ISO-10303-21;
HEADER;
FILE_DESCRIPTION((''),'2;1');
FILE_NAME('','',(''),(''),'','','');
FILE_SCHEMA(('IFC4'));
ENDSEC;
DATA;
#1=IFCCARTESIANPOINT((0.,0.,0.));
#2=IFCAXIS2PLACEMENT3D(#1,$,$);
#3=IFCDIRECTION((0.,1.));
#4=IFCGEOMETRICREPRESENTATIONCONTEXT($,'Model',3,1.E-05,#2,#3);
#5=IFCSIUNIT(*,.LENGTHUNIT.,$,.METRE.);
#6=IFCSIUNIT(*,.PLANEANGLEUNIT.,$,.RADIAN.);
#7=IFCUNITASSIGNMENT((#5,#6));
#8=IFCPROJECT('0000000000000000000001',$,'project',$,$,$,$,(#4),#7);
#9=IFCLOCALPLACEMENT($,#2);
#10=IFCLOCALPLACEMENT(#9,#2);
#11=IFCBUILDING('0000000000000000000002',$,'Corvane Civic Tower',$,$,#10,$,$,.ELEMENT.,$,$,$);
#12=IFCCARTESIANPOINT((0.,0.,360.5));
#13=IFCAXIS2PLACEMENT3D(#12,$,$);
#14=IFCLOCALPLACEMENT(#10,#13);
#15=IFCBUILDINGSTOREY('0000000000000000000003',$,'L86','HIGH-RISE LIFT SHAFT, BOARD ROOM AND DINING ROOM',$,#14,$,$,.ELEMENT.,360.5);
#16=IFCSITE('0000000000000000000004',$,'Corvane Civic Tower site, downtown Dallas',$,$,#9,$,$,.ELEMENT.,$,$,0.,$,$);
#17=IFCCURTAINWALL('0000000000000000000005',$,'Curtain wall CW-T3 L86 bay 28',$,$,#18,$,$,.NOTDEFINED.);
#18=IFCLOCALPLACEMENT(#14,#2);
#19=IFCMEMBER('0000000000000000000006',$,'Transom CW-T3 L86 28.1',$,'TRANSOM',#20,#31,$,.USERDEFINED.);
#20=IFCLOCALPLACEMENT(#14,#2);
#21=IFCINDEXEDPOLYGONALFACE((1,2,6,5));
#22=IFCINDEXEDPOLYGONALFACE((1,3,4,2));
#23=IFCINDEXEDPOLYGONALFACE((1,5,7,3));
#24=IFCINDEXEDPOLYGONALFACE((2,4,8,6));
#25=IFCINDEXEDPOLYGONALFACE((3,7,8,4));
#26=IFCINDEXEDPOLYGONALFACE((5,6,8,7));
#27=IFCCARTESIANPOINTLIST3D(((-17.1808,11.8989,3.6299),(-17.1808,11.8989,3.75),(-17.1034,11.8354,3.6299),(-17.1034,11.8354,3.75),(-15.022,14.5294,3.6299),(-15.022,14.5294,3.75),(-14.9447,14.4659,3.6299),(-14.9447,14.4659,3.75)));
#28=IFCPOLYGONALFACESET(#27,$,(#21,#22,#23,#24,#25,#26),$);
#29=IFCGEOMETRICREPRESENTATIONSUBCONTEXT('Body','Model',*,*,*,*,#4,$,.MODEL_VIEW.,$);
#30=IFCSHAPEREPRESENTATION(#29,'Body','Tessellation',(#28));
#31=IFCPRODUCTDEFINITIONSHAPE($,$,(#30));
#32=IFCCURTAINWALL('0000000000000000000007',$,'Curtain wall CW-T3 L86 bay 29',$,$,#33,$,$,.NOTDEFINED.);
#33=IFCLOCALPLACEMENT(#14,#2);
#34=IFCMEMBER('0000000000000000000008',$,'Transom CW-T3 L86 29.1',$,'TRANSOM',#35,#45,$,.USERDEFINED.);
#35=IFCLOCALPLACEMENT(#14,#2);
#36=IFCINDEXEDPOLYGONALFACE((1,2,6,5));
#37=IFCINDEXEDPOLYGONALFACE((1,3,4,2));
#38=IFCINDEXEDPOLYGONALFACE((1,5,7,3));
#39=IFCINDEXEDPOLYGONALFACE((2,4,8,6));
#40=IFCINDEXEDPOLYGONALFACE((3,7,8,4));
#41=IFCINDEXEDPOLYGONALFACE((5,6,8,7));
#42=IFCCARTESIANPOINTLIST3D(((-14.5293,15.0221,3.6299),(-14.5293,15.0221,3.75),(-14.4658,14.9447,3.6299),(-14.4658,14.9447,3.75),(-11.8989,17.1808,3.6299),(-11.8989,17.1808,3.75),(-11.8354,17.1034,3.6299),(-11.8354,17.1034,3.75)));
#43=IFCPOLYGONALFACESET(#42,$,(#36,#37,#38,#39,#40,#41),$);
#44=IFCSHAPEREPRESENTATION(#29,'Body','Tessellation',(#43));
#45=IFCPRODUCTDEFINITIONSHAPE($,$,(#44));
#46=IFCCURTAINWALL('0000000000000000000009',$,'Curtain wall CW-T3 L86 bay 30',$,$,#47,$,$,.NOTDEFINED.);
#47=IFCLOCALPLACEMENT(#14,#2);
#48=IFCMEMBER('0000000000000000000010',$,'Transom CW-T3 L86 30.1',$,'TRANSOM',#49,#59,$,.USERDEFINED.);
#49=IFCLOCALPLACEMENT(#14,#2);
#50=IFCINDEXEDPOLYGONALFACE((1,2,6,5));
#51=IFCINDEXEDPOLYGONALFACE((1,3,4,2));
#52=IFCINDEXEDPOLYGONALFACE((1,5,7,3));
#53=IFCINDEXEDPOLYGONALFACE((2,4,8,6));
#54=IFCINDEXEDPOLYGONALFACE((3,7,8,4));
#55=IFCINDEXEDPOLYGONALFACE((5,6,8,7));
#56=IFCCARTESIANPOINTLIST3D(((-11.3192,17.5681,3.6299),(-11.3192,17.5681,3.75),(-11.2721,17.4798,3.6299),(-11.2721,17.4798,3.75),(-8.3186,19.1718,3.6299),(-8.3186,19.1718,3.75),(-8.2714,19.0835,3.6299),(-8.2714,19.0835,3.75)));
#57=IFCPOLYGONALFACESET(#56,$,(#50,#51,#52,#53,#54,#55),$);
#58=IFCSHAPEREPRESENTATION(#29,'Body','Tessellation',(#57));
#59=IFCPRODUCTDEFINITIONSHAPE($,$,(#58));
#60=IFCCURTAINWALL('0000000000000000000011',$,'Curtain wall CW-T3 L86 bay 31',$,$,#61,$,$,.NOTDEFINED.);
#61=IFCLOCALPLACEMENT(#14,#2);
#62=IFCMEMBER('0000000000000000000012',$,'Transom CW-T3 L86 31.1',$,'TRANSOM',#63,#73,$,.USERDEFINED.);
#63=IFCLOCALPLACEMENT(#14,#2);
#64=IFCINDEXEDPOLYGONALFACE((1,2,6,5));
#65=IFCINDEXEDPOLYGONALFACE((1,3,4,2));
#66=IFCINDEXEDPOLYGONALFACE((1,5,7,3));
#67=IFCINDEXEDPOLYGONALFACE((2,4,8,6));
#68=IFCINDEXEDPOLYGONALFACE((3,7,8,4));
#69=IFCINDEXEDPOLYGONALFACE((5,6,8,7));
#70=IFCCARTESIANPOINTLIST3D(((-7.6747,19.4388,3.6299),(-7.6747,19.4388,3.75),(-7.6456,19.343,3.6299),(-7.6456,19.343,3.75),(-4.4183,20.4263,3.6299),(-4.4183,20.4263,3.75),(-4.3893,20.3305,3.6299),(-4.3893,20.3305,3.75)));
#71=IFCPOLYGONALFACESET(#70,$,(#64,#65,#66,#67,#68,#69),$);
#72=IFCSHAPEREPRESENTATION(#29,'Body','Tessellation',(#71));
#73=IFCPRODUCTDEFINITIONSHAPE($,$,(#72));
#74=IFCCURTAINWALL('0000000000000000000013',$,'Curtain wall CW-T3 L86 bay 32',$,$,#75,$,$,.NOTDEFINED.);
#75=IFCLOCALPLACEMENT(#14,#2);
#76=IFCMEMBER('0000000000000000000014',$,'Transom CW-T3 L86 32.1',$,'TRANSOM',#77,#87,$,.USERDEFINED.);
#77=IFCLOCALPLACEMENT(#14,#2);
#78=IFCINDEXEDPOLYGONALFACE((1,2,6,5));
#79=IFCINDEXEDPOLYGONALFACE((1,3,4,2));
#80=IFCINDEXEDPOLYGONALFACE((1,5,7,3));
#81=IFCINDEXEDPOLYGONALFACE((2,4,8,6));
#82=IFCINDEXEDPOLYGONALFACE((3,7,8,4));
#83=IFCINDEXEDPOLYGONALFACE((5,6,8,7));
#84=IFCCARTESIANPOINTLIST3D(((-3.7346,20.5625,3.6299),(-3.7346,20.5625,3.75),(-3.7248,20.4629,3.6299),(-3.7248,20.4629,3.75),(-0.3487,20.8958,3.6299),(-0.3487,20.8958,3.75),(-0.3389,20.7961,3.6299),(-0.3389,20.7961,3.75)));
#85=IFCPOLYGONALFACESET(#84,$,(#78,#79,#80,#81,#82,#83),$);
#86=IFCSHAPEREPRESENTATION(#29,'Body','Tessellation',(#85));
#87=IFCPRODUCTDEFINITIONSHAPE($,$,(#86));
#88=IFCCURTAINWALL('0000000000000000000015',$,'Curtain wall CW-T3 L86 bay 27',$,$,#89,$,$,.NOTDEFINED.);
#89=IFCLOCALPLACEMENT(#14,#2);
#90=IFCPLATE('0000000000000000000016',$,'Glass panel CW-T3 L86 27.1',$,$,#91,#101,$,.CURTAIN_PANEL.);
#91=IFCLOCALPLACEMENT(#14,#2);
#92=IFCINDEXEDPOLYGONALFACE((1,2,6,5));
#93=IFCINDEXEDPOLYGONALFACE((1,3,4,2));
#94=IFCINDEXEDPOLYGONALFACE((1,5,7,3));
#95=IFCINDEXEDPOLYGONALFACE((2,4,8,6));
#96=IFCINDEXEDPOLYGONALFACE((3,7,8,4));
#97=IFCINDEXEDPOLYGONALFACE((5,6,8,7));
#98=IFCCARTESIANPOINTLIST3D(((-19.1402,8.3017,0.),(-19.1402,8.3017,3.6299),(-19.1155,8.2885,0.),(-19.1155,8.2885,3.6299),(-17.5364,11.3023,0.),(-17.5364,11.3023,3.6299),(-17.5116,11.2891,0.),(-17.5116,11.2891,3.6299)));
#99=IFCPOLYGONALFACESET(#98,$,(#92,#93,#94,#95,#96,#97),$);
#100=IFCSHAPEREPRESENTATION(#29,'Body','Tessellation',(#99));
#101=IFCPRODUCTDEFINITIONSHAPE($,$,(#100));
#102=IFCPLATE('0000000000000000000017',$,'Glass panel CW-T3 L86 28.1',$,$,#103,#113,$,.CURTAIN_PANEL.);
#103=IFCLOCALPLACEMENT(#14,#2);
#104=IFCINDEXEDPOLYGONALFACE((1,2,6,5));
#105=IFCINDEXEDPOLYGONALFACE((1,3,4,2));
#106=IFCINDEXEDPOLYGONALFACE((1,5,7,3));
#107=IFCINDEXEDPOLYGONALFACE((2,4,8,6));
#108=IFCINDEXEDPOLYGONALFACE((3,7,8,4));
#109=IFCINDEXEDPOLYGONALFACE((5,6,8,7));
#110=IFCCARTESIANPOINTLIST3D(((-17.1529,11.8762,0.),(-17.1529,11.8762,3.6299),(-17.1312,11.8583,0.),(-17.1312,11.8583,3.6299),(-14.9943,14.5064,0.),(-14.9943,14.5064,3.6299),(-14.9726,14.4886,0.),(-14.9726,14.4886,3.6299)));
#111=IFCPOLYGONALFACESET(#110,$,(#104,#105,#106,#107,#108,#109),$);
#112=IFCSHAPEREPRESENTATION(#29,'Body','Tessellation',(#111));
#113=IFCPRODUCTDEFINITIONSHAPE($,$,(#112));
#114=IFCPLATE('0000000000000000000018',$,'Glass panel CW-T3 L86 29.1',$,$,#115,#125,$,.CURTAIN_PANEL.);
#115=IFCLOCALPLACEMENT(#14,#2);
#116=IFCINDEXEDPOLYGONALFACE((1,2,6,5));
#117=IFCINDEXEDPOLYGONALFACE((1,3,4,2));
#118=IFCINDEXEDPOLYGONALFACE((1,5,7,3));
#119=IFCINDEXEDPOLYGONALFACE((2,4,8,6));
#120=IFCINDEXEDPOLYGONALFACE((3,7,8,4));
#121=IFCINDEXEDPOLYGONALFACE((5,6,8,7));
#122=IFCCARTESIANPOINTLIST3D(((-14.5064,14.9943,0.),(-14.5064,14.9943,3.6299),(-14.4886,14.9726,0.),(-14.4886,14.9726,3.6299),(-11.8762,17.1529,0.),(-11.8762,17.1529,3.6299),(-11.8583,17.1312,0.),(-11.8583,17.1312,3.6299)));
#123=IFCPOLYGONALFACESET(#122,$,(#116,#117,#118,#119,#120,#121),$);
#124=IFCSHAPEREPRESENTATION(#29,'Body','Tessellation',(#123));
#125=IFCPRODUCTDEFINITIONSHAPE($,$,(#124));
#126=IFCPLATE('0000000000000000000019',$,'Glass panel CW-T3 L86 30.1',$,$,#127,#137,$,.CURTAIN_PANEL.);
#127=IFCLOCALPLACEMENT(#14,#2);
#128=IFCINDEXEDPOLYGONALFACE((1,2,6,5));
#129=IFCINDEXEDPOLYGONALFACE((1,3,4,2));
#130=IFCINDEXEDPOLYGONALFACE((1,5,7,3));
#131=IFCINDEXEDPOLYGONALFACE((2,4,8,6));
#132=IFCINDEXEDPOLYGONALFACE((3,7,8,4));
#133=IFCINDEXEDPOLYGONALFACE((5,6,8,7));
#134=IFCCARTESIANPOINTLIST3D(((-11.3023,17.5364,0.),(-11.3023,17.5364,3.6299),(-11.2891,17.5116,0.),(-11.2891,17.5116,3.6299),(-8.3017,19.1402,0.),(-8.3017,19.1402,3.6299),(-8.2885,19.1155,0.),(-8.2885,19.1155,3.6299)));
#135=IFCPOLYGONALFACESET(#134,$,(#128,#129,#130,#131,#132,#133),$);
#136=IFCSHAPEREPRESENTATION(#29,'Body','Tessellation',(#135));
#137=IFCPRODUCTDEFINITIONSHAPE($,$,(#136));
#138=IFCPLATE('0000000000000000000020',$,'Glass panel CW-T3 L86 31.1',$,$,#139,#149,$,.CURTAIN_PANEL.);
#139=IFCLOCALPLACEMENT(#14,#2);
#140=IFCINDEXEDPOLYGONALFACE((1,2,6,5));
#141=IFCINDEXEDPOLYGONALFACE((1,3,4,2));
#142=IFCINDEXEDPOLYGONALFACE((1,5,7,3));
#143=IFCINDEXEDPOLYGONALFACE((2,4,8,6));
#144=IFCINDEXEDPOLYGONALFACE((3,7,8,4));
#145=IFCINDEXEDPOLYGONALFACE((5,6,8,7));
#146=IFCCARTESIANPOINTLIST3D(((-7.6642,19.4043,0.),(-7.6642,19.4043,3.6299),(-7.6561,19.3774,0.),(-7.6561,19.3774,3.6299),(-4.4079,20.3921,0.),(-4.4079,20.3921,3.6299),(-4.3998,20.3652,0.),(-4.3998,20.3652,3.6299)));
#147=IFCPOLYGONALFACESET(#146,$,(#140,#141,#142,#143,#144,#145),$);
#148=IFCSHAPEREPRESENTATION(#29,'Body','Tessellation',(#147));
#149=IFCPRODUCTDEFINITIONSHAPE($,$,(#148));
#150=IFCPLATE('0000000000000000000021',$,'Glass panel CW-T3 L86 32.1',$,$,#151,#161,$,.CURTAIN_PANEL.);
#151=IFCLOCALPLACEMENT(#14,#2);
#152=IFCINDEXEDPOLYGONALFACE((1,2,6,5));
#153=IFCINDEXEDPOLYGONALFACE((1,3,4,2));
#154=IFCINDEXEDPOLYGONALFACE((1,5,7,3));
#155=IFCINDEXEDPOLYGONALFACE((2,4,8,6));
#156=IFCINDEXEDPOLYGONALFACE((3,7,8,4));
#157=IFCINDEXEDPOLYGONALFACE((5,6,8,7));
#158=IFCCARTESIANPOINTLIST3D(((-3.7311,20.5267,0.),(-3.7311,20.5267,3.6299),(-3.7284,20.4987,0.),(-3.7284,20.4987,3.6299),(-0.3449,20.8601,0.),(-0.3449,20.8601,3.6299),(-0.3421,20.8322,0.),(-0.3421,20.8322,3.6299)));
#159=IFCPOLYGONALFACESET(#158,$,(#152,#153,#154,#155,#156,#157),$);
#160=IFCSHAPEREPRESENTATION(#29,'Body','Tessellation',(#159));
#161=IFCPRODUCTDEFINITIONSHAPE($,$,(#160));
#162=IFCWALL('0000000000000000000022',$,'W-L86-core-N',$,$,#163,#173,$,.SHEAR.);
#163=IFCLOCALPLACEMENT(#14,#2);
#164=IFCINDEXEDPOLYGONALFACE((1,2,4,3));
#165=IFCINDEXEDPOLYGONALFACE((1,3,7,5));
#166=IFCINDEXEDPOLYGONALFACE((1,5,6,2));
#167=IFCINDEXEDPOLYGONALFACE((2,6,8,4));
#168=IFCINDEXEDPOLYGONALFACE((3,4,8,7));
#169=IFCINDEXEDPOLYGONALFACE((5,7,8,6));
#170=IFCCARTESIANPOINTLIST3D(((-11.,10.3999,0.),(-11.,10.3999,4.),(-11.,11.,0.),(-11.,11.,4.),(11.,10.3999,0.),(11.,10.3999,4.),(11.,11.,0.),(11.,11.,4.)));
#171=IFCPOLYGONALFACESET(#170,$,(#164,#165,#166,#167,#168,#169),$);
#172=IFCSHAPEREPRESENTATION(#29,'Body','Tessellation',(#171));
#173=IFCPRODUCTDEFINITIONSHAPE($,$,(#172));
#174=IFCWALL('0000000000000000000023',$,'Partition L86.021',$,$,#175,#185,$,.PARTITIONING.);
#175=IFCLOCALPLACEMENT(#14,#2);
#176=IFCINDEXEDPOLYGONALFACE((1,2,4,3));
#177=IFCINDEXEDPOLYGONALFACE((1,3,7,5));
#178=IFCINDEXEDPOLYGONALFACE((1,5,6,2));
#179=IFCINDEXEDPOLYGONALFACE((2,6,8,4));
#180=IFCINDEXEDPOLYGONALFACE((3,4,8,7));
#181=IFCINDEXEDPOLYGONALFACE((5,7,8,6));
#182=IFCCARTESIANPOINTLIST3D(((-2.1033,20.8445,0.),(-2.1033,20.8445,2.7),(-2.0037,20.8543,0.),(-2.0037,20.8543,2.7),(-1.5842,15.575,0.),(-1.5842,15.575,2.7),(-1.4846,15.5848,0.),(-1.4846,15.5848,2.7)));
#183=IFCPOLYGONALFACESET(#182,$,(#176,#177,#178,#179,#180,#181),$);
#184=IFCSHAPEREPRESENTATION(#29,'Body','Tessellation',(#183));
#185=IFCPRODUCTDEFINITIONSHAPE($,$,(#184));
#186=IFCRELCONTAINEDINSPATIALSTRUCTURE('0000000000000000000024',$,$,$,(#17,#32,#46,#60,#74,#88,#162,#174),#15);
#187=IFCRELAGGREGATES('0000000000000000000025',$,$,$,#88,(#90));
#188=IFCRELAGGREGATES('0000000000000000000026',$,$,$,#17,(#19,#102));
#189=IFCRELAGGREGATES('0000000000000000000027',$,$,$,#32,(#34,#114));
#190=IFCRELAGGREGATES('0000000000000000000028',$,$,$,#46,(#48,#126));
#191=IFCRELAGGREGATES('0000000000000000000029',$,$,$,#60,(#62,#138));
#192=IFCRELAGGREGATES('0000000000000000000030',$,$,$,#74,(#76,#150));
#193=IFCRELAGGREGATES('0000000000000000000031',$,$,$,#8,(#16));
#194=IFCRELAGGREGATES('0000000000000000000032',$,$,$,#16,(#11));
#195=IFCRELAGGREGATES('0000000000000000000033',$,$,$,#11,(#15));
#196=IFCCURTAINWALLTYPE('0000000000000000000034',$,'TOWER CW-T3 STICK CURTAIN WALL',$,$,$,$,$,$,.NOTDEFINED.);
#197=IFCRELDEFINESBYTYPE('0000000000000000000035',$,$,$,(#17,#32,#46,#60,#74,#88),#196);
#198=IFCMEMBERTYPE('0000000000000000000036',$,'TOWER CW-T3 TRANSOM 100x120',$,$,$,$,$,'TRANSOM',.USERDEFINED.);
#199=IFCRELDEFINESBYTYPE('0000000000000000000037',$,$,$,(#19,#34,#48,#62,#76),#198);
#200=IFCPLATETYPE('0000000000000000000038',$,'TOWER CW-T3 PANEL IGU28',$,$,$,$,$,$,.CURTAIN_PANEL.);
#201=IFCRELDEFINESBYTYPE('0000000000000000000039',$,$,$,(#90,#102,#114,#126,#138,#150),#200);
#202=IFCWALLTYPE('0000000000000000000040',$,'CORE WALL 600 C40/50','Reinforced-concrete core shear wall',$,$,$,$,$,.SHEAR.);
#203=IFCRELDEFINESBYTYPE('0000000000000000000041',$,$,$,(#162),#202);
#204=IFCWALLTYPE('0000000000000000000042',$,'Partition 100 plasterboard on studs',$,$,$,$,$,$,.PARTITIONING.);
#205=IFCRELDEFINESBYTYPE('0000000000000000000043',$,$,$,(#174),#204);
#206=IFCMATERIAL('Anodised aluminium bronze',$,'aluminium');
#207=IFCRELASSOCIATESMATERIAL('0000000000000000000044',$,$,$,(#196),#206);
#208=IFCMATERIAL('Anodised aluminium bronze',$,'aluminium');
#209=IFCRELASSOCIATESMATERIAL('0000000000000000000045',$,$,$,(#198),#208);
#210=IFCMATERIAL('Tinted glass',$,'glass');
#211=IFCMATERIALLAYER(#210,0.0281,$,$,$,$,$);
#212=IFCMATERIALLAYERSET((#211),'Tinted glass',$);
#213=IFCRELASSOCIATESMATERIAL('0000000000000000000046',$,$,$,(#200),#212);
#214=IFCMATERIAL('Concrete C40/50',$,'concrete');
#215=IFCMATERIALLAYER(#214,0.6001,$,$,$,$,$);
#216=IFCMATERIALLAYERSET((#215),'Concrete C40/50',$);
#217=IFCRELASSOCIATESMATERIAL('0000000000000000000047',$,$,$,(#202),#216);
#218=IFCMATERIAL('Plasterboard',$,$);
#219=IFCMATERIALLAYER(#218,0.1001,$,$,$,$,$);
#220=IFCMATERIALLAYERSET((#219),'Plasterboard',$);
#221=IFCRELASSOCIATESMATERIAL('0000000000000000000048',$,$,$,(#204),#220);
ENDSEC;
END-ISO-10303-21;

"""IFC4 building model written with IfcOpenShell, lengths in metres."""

from ifc_helpers import new_model, si_unit, direction, frame, frame_2d, origin, origin_2d, place, context, subcontext, project, spatial, rectangle, extrude, material, layer, layer_set, material_profile, profile_set, type_object, element, aggregate, save


model = new_model("IFC4")

# Units and contexts
model_context = context("Model", 3, precision=1e-05, world=origin(), true_north=direction((0.0, 1.0)))
body_context = subcontext(model_context, "Body", "Model", "MODEL_VIEW")
ifc_project = project(units=[si_unit("LENGTHUNIT", "METRE"), si_unit("PLANEANGLEUNIT", "RADIAN")], contexts=[model_context])

# Site, building, storey
site_placement = place(None, origin())
site = spatial("IfcSite", under=ifc_project, at=site_placement, Name="Corvane Civic Tower site, downtown Dallas", CompositionType="ELEMENT", RefElevation=0.0)
building_placement = place(site_placement, origin())
building = spatial("IfcBuilding", under=site, at=building_placement, Name="Corvane Civic Tower", CompositionType="ELEMENT")
storey_placement = place(building_placement, frame((0.0, 0.0, 360.5)))
storey = spatial("IfcBuildingStorey", under=building, at=storey_placement, Name="L86", Description="HIGH-RISE LIFT SHAFT, BOARD ROOM AND DINING ROOM", CompositionType="ELEMENT", Elevation=360.5)

# Curtain walls, members
ifc_material_1 = material(Name="Anodised aluminium bronze", Category="aluminium")
curtain_wall_type = type_object("IfcCurtainWallType", Name="TOWER CW-T3 STICK CURTAIN WALL", PredefinedType="NOTDEFINED", material=ifc_material_1)
curtain_wall_1_placement = place(storey_placement, origin())
curtain_wall_1 = element("IfcCurtainWall", 1, at=curtain_wall_1_placement, inside=storey, type_object=curtain_wall_type, Name="Curtain wall CW-T3 L86 bay 28", PredefinedType="NOTDEFINED")
ifc_material_2 = material(Name="Anodised aluminium bronze", Category="aluminium")
ifc_material_profile_1 = material_profile(ifc_material_2, rectangle(XDim=0.1001, YDim=0.1201, at=origin_2d()), Name="TOWER CW-T3 TRANSOM 100x120")
ifc_profile_set_1 = profile_set([ifc_material_profile_1], Name="Anodised aluminium bronze")
member_type = type_object("IfcMemberType", Name="TOWER CW-T3 TRANSOM 100x120", ElementType="TRANSOM", PredefinedType="USERDEFINED", material=ifc_profile_set_1)
member_1_placement = place(storey_placement, frame((-17.1421, 11.8672, 3.6899), z_axis=(0.634394, 0.77301, 0.0), x_axis=(-0.77301, 0.634394, 0.0)))
member_1 = element("IfcMember", 2, at=member_1_placement, type_object=member_type, Name="Transom CW-T3 L86 28.1", ObjectType="TRANSOM", PredefinedType="USERDEFINED", context=body_context, shape_type="SweptSolid", body=[
    extrude(rectangle(XDim=0.1001, YDim=0.1201, at=origin_2d()), origin(), (0.0, 0.0, 1.0), 3.4028),
])
curtain_wall_2_placement = place(storey_placement, origin())
curtain_wall_2 = element("IfcCurtainWall", 3, at=curtain_wall_2_placement, inside=storey, type_object=curtain_wall_type, Name="Curtain wall CW-T3 L86 bay 29", PredefinedType="NOTDEFINED")
member_2_placement = place(storey_placement, frame((-14.4976, 14.9834, 3.6899), z_axis=(0.77301, 0.634394, 0.0), x_axis=(-0.634394, 0.77301, 0.0)))
member_2 = element("IfcMember", 4, at=member_2_placement, type_object=member_type, Name="Transom CW-T3 L86 29.1", ObjectType="TRANSOM", PredefinedType="USERDEFINED", context=body_context, shape_type="SweptSolid", body=[
    extrude(rectangle(XDim=0.1001, YDim=0.1201, at=origin_2d()), origin(), (0.0, 0.0, 1.0), 3.4028),
])
curtain_wall_3_placement = place(storey_placement, origin())
curtain_wall_3 = element("IfcCurtainWall", 5, at=curtain_wall_3_placement, inside=storey, type_object=curtain_wall_type, Name="Curtain wall CW-T3 L86 bay 30", PredefinedType="NOTDEFINED")
member_3_placement = place(storey_placement, frame((-11.2957, 17.5239, 3.6899), z_axis=(0.881941, 0.471359, 0.0), x_axis=(-0.471359, 0.881941, 0.0)))
member_3 = element("IfcMember", 6, at=member_3_placement, type_object=member_type, Name="Transom CW-T3 L86 30.1", ObjectType="TRANSOM", PredefinedType="USERDEFINED", context=body_context, shape_type="SweptSolid", body=[
    extrude(rectangle(XDim=0.1001, YDim=0.1201, at=origin_2d()), origin(), (0.0, 0.0, 1.0), 3.4023),
])
curtain_wall_4_placement = place(storey_placement, origin())
curtain_wall_4 = element("IfcCurtainWall", 7, at=curtain_wall_4_placement, inside=storey, type_object=curtain_wall_type, Name="Curtain wall CW-T3 L86 bay 31", PredefinedType="NOTDEFINED")
member_4_placement = place(storey_placement, frame((-7.6602, 19.3909, 3.6899), z_axis=(0.956961, 0.290216, 0.0), x_axis=(-0.290216, 0.956961, 0.0)))
member_4 = element("IfcMember", 8, at=member_4_placement, type_object=member_type, Name="Transom CW-T3 L86 31.1", ObjectType="TRANSOM", PredefinedType="USERDEFINED", context=body_context, shape_type="SweptSolid", body=[
    extrude(rectangle(XDim=0.1001, YDim=0.1201, at=origin_2d()), origin(), (0.0, 0.0, 1.0), 3.4028),
])
curtain_wall_5_placement = place(storey_placement, origin())
curtain_wall_5 = element("IfcCurtainWall", 9, at=curtain_wall_5_placement, inside=storey, type_object=curtain_wall_type, Name="Curtain wall CW-T3 L86 bay 32", PredefinedType="NOTDEFINED")
member_5_placement = place(storey_placement, frame((-3.7297, 20.5127, 3.6899), z_axis=(0.995192, 0.097948, 0.0), x_axis=(-0.097948, 0.995192, 0.0)))
member_5 = element("IfcMember", 10, at=member_5_placement, type_object=member_type, Name="Transom CW-T3 L86 32.1", ObjectType="TRANSOM", PredefinedType="USERDEFINED", context=body_context, shape_type="SweptSolid", body=[
    extrude(rectangle(XDim=0.1001, YDim=0.1201, at=origin_2d()), origin(), (0.0, 0.0, 1.0), 3.4023),
])

# Curtain wall, plate
curtain_wall_6_placement = place(storey_placement, origin())
curtain_wall_6 = element("IfcCurtainWall", 11, at=curtain_wall_6_placement, inside=storey, type_object=curtain_wall_type, Name="Curtain wall CW-T3 L86 bay 27", PredefinedType="NOTDEFINED")
ifc_material_3 = material(Name="Tinted glass", Category="glass")
ifc_layer_1 = layer(ifc_material_3, 0.0281)
ifc_layer_set_1 = layer_set([ifc_layer_1], Name="Tinted glass")
plate_type = type_object("IfcPlateType", Name="TOWER CW-T3 PANEL IGU28", PredefinedType="CURTAIN_PANEL", material=ifc_layer_set_1)
plate_1_placement = place(storey_placement, frame((-18.3259, 9.7954, 0.0), z_axis=(0.0, 0.0, 1.0), x_axis=(0.471384, 0.881928, 0.0)))
plate_1 = element("IfcPlate", 12, at=plate_1_placement, type_object=plate_type, Name="Glass panel CW-T3 L86 27.1", PredefinedType="CURTAIN_PANEL", context=body_context, shape_type="SweptSolid", body=[
    extrude(rectangle(XDim=3.4023, YDim=0.0281, at=origin_2d()), origin(), (0.0, 0.0, 1.0), 3.6299),
])
aggregate(curtain_wall_6, [plate_1])

# Plates
plate_2_placement = place(storey_placement, frame((-16.0627, 13.1824, 0.0), z_axis=(0.0, 0.0, 1.0), x_axis=(0.634393, 0.77301, 0.0)))
plate_2 = element("IfcPlate", 13, at=plate_2_placement, type_object=plate_type, Name="Glass panel CW-T3 L86 28.1", PredefinedType="CURTAIN_PANEL", context=body_context, shape_type="SweptSolid", body=[
    extrude(rectangle(XDim=3.4026, YDim=0.0281, at=origin_2d()), origin(), (0.0, 0.0, 1.0), 3.6299),
])
aggregate(curtain_wall_1, [member_1, plate_2])
plate_3_placement = place(storey_placement, frame((-13.1824, 16.0627, 0.0), z_axis=(0.0, 0.0, 1.0), x_axis=(0.77301, 0.634393, 0.0)))
plate_3 = element("IfcPlate", 14, at=plate_3_placement, type_object=plate_type, Name="Glass panel CW-T3 L86 29.1", PredefinedType="CURTAIN_PANEL", context=body_context, shape_type="SweptSolid", body=[
    extrude(rectangle(XDim=3.4026, YDim=0.0281, at=origin_2d()), origin(), (0.0, 0.0, 1.0), 3.6299),
])
aggregate(curtain_wall_2, [member_2, plate_3])
plate_4_placement = place(storey_placement, frame((-9.7954, 18.3259, 0.0), z_axis=(0.0, 0.0, 1.0), x_axis=(0.881928, 0.471384, 0.0)))
plate_4 = element("IfcPlate", 15, at=plate_4_placement, type_object=plate_type, Name="Glass panel CW-T3 L86 30.1", PredefinedType="CURTAIN_PANEL", context=body_context, shape_type="SweptSolid", body=[
    extrude(rectangle(XDim=3.4023, YDim=0.0281, at=origin_2d()), origin(), (0.0, 0.0, 1.0), 3.6299),
])
aggregate(curtain_wall_3, [member_3, plate_4])
plate_5_placement = place(storey_placement, frame((-6.032, 19.8848, 0.0), z_axis=(0.0, 0.0, 1.0), x_axis=(0.956939, 0.29029, 0.0)))
plate_5 = element("IfcPlate", 16, at=plate_5_placement, type_object=plate_type, Name="Glass panel CW-T3 L86 31.1", PredefinedType="CURTAIN_PANEL", context=body_context, shape_type="SweptSolid", body=[
    extrude(rectangle(XDim=3.4028, YDim=0.0281, at=origin_2d()), origin(), (0.0, 0.0, 1.0), 3.6299),
])
aggregate(curtain_wall_4, [member_4, plate_5])
plate_6_placement = place(storey_placement, frame((-2.0366, 20.6794, 0.0), z_axis=(0.0, 0.0, 1.0), x_axis=(0.995187, 0.097998, 0.0)))
plate_6 = element("IfcPlate", 17, at=plate_6_placement, type_object=plate_type, Name="Glass panel CW-T3 L86 32.1", PredefinedType="CURTAIN_PANEL", context=body_context, shape_type="SweptSolid", body=[
    extrude(rectangle(XDim=3.4026, YDim=0.0281, at=origin_2d()), origin(), (0.0, 0.0, 1.0), 3.6299),
])
aggregate(curtain_wall_5, [member_5, plate_6])

# Walls
ifc_material_4 = material(Name="Concrete C40/50", Category="concrete")
ifc_layer_2 = layer(ifc_material_4, 0.6001)
ifc_layer_set_2 = layer_set([ifc_layer_2], Name="Concrete C40/50")
wall_type_1 = type_object("IfcWallType", Name="CORE WALL 600 C40/50", Description="Reinforced-concrete core shear wall", PredefinedType="SHEAR", material=ifc_layer_set_2)
wall_1_placement = place(storey_placement, frame((-11.0, 10.7, 0.0), z_axis=(0.0, 0.0, 1.0), x_axis=(1.0, 0.0, 0.0)))
element("IfcWall", 18, at=wall_1_placement, inside=storey, type_object=wall_type_1, Name="W-L86-core-N", PredefinedType="SHEAR", context=body_context, shape_type="SweptSolid", body=[
    extrude(rectangle(XDim=22.0, YDim=0.6001, at=frame_2d((11.0, 0.0))), origin(), (0.0, 0.0, 1.0), 4.0),
])
ifc_material_5 = material(Name="Plasterboard")
ifc_layer_3 = layer(ifc_material_5, 0.1001)
ifc_layer_set_3 = layer_set([ifc_layer_3], Name="Plasterboard")
wall_type_2 = type_object("IfcWallType", Name="Partition 100 plasterboard on studs", PredefinedType="PARTITIONING", material=ifc_layer_set_3)
wall_2_placement = place(storey_placement, frame((-2.0535, 20.8494, 0.0), z_axis=(0.0, 0.0, 1.0), x_axis=(0.098025, -0.995184, 0.0)))
element("IfcWall", 19, at=wall_2_placement, inside=storey, type_object=wall_type_2, Name="Partition L86.021", PredefinedType="PARTITIONING", context=body_context, shape_type="SweptSolid", body=[
    extrude(rectangle(XDim=5.2949, YDim=0.1001, at=frame_2d((2.6475, 0.0))), origin(), (0.0, 0.0, 1.0), 2.7),
])

save(model, "model.ifc")
